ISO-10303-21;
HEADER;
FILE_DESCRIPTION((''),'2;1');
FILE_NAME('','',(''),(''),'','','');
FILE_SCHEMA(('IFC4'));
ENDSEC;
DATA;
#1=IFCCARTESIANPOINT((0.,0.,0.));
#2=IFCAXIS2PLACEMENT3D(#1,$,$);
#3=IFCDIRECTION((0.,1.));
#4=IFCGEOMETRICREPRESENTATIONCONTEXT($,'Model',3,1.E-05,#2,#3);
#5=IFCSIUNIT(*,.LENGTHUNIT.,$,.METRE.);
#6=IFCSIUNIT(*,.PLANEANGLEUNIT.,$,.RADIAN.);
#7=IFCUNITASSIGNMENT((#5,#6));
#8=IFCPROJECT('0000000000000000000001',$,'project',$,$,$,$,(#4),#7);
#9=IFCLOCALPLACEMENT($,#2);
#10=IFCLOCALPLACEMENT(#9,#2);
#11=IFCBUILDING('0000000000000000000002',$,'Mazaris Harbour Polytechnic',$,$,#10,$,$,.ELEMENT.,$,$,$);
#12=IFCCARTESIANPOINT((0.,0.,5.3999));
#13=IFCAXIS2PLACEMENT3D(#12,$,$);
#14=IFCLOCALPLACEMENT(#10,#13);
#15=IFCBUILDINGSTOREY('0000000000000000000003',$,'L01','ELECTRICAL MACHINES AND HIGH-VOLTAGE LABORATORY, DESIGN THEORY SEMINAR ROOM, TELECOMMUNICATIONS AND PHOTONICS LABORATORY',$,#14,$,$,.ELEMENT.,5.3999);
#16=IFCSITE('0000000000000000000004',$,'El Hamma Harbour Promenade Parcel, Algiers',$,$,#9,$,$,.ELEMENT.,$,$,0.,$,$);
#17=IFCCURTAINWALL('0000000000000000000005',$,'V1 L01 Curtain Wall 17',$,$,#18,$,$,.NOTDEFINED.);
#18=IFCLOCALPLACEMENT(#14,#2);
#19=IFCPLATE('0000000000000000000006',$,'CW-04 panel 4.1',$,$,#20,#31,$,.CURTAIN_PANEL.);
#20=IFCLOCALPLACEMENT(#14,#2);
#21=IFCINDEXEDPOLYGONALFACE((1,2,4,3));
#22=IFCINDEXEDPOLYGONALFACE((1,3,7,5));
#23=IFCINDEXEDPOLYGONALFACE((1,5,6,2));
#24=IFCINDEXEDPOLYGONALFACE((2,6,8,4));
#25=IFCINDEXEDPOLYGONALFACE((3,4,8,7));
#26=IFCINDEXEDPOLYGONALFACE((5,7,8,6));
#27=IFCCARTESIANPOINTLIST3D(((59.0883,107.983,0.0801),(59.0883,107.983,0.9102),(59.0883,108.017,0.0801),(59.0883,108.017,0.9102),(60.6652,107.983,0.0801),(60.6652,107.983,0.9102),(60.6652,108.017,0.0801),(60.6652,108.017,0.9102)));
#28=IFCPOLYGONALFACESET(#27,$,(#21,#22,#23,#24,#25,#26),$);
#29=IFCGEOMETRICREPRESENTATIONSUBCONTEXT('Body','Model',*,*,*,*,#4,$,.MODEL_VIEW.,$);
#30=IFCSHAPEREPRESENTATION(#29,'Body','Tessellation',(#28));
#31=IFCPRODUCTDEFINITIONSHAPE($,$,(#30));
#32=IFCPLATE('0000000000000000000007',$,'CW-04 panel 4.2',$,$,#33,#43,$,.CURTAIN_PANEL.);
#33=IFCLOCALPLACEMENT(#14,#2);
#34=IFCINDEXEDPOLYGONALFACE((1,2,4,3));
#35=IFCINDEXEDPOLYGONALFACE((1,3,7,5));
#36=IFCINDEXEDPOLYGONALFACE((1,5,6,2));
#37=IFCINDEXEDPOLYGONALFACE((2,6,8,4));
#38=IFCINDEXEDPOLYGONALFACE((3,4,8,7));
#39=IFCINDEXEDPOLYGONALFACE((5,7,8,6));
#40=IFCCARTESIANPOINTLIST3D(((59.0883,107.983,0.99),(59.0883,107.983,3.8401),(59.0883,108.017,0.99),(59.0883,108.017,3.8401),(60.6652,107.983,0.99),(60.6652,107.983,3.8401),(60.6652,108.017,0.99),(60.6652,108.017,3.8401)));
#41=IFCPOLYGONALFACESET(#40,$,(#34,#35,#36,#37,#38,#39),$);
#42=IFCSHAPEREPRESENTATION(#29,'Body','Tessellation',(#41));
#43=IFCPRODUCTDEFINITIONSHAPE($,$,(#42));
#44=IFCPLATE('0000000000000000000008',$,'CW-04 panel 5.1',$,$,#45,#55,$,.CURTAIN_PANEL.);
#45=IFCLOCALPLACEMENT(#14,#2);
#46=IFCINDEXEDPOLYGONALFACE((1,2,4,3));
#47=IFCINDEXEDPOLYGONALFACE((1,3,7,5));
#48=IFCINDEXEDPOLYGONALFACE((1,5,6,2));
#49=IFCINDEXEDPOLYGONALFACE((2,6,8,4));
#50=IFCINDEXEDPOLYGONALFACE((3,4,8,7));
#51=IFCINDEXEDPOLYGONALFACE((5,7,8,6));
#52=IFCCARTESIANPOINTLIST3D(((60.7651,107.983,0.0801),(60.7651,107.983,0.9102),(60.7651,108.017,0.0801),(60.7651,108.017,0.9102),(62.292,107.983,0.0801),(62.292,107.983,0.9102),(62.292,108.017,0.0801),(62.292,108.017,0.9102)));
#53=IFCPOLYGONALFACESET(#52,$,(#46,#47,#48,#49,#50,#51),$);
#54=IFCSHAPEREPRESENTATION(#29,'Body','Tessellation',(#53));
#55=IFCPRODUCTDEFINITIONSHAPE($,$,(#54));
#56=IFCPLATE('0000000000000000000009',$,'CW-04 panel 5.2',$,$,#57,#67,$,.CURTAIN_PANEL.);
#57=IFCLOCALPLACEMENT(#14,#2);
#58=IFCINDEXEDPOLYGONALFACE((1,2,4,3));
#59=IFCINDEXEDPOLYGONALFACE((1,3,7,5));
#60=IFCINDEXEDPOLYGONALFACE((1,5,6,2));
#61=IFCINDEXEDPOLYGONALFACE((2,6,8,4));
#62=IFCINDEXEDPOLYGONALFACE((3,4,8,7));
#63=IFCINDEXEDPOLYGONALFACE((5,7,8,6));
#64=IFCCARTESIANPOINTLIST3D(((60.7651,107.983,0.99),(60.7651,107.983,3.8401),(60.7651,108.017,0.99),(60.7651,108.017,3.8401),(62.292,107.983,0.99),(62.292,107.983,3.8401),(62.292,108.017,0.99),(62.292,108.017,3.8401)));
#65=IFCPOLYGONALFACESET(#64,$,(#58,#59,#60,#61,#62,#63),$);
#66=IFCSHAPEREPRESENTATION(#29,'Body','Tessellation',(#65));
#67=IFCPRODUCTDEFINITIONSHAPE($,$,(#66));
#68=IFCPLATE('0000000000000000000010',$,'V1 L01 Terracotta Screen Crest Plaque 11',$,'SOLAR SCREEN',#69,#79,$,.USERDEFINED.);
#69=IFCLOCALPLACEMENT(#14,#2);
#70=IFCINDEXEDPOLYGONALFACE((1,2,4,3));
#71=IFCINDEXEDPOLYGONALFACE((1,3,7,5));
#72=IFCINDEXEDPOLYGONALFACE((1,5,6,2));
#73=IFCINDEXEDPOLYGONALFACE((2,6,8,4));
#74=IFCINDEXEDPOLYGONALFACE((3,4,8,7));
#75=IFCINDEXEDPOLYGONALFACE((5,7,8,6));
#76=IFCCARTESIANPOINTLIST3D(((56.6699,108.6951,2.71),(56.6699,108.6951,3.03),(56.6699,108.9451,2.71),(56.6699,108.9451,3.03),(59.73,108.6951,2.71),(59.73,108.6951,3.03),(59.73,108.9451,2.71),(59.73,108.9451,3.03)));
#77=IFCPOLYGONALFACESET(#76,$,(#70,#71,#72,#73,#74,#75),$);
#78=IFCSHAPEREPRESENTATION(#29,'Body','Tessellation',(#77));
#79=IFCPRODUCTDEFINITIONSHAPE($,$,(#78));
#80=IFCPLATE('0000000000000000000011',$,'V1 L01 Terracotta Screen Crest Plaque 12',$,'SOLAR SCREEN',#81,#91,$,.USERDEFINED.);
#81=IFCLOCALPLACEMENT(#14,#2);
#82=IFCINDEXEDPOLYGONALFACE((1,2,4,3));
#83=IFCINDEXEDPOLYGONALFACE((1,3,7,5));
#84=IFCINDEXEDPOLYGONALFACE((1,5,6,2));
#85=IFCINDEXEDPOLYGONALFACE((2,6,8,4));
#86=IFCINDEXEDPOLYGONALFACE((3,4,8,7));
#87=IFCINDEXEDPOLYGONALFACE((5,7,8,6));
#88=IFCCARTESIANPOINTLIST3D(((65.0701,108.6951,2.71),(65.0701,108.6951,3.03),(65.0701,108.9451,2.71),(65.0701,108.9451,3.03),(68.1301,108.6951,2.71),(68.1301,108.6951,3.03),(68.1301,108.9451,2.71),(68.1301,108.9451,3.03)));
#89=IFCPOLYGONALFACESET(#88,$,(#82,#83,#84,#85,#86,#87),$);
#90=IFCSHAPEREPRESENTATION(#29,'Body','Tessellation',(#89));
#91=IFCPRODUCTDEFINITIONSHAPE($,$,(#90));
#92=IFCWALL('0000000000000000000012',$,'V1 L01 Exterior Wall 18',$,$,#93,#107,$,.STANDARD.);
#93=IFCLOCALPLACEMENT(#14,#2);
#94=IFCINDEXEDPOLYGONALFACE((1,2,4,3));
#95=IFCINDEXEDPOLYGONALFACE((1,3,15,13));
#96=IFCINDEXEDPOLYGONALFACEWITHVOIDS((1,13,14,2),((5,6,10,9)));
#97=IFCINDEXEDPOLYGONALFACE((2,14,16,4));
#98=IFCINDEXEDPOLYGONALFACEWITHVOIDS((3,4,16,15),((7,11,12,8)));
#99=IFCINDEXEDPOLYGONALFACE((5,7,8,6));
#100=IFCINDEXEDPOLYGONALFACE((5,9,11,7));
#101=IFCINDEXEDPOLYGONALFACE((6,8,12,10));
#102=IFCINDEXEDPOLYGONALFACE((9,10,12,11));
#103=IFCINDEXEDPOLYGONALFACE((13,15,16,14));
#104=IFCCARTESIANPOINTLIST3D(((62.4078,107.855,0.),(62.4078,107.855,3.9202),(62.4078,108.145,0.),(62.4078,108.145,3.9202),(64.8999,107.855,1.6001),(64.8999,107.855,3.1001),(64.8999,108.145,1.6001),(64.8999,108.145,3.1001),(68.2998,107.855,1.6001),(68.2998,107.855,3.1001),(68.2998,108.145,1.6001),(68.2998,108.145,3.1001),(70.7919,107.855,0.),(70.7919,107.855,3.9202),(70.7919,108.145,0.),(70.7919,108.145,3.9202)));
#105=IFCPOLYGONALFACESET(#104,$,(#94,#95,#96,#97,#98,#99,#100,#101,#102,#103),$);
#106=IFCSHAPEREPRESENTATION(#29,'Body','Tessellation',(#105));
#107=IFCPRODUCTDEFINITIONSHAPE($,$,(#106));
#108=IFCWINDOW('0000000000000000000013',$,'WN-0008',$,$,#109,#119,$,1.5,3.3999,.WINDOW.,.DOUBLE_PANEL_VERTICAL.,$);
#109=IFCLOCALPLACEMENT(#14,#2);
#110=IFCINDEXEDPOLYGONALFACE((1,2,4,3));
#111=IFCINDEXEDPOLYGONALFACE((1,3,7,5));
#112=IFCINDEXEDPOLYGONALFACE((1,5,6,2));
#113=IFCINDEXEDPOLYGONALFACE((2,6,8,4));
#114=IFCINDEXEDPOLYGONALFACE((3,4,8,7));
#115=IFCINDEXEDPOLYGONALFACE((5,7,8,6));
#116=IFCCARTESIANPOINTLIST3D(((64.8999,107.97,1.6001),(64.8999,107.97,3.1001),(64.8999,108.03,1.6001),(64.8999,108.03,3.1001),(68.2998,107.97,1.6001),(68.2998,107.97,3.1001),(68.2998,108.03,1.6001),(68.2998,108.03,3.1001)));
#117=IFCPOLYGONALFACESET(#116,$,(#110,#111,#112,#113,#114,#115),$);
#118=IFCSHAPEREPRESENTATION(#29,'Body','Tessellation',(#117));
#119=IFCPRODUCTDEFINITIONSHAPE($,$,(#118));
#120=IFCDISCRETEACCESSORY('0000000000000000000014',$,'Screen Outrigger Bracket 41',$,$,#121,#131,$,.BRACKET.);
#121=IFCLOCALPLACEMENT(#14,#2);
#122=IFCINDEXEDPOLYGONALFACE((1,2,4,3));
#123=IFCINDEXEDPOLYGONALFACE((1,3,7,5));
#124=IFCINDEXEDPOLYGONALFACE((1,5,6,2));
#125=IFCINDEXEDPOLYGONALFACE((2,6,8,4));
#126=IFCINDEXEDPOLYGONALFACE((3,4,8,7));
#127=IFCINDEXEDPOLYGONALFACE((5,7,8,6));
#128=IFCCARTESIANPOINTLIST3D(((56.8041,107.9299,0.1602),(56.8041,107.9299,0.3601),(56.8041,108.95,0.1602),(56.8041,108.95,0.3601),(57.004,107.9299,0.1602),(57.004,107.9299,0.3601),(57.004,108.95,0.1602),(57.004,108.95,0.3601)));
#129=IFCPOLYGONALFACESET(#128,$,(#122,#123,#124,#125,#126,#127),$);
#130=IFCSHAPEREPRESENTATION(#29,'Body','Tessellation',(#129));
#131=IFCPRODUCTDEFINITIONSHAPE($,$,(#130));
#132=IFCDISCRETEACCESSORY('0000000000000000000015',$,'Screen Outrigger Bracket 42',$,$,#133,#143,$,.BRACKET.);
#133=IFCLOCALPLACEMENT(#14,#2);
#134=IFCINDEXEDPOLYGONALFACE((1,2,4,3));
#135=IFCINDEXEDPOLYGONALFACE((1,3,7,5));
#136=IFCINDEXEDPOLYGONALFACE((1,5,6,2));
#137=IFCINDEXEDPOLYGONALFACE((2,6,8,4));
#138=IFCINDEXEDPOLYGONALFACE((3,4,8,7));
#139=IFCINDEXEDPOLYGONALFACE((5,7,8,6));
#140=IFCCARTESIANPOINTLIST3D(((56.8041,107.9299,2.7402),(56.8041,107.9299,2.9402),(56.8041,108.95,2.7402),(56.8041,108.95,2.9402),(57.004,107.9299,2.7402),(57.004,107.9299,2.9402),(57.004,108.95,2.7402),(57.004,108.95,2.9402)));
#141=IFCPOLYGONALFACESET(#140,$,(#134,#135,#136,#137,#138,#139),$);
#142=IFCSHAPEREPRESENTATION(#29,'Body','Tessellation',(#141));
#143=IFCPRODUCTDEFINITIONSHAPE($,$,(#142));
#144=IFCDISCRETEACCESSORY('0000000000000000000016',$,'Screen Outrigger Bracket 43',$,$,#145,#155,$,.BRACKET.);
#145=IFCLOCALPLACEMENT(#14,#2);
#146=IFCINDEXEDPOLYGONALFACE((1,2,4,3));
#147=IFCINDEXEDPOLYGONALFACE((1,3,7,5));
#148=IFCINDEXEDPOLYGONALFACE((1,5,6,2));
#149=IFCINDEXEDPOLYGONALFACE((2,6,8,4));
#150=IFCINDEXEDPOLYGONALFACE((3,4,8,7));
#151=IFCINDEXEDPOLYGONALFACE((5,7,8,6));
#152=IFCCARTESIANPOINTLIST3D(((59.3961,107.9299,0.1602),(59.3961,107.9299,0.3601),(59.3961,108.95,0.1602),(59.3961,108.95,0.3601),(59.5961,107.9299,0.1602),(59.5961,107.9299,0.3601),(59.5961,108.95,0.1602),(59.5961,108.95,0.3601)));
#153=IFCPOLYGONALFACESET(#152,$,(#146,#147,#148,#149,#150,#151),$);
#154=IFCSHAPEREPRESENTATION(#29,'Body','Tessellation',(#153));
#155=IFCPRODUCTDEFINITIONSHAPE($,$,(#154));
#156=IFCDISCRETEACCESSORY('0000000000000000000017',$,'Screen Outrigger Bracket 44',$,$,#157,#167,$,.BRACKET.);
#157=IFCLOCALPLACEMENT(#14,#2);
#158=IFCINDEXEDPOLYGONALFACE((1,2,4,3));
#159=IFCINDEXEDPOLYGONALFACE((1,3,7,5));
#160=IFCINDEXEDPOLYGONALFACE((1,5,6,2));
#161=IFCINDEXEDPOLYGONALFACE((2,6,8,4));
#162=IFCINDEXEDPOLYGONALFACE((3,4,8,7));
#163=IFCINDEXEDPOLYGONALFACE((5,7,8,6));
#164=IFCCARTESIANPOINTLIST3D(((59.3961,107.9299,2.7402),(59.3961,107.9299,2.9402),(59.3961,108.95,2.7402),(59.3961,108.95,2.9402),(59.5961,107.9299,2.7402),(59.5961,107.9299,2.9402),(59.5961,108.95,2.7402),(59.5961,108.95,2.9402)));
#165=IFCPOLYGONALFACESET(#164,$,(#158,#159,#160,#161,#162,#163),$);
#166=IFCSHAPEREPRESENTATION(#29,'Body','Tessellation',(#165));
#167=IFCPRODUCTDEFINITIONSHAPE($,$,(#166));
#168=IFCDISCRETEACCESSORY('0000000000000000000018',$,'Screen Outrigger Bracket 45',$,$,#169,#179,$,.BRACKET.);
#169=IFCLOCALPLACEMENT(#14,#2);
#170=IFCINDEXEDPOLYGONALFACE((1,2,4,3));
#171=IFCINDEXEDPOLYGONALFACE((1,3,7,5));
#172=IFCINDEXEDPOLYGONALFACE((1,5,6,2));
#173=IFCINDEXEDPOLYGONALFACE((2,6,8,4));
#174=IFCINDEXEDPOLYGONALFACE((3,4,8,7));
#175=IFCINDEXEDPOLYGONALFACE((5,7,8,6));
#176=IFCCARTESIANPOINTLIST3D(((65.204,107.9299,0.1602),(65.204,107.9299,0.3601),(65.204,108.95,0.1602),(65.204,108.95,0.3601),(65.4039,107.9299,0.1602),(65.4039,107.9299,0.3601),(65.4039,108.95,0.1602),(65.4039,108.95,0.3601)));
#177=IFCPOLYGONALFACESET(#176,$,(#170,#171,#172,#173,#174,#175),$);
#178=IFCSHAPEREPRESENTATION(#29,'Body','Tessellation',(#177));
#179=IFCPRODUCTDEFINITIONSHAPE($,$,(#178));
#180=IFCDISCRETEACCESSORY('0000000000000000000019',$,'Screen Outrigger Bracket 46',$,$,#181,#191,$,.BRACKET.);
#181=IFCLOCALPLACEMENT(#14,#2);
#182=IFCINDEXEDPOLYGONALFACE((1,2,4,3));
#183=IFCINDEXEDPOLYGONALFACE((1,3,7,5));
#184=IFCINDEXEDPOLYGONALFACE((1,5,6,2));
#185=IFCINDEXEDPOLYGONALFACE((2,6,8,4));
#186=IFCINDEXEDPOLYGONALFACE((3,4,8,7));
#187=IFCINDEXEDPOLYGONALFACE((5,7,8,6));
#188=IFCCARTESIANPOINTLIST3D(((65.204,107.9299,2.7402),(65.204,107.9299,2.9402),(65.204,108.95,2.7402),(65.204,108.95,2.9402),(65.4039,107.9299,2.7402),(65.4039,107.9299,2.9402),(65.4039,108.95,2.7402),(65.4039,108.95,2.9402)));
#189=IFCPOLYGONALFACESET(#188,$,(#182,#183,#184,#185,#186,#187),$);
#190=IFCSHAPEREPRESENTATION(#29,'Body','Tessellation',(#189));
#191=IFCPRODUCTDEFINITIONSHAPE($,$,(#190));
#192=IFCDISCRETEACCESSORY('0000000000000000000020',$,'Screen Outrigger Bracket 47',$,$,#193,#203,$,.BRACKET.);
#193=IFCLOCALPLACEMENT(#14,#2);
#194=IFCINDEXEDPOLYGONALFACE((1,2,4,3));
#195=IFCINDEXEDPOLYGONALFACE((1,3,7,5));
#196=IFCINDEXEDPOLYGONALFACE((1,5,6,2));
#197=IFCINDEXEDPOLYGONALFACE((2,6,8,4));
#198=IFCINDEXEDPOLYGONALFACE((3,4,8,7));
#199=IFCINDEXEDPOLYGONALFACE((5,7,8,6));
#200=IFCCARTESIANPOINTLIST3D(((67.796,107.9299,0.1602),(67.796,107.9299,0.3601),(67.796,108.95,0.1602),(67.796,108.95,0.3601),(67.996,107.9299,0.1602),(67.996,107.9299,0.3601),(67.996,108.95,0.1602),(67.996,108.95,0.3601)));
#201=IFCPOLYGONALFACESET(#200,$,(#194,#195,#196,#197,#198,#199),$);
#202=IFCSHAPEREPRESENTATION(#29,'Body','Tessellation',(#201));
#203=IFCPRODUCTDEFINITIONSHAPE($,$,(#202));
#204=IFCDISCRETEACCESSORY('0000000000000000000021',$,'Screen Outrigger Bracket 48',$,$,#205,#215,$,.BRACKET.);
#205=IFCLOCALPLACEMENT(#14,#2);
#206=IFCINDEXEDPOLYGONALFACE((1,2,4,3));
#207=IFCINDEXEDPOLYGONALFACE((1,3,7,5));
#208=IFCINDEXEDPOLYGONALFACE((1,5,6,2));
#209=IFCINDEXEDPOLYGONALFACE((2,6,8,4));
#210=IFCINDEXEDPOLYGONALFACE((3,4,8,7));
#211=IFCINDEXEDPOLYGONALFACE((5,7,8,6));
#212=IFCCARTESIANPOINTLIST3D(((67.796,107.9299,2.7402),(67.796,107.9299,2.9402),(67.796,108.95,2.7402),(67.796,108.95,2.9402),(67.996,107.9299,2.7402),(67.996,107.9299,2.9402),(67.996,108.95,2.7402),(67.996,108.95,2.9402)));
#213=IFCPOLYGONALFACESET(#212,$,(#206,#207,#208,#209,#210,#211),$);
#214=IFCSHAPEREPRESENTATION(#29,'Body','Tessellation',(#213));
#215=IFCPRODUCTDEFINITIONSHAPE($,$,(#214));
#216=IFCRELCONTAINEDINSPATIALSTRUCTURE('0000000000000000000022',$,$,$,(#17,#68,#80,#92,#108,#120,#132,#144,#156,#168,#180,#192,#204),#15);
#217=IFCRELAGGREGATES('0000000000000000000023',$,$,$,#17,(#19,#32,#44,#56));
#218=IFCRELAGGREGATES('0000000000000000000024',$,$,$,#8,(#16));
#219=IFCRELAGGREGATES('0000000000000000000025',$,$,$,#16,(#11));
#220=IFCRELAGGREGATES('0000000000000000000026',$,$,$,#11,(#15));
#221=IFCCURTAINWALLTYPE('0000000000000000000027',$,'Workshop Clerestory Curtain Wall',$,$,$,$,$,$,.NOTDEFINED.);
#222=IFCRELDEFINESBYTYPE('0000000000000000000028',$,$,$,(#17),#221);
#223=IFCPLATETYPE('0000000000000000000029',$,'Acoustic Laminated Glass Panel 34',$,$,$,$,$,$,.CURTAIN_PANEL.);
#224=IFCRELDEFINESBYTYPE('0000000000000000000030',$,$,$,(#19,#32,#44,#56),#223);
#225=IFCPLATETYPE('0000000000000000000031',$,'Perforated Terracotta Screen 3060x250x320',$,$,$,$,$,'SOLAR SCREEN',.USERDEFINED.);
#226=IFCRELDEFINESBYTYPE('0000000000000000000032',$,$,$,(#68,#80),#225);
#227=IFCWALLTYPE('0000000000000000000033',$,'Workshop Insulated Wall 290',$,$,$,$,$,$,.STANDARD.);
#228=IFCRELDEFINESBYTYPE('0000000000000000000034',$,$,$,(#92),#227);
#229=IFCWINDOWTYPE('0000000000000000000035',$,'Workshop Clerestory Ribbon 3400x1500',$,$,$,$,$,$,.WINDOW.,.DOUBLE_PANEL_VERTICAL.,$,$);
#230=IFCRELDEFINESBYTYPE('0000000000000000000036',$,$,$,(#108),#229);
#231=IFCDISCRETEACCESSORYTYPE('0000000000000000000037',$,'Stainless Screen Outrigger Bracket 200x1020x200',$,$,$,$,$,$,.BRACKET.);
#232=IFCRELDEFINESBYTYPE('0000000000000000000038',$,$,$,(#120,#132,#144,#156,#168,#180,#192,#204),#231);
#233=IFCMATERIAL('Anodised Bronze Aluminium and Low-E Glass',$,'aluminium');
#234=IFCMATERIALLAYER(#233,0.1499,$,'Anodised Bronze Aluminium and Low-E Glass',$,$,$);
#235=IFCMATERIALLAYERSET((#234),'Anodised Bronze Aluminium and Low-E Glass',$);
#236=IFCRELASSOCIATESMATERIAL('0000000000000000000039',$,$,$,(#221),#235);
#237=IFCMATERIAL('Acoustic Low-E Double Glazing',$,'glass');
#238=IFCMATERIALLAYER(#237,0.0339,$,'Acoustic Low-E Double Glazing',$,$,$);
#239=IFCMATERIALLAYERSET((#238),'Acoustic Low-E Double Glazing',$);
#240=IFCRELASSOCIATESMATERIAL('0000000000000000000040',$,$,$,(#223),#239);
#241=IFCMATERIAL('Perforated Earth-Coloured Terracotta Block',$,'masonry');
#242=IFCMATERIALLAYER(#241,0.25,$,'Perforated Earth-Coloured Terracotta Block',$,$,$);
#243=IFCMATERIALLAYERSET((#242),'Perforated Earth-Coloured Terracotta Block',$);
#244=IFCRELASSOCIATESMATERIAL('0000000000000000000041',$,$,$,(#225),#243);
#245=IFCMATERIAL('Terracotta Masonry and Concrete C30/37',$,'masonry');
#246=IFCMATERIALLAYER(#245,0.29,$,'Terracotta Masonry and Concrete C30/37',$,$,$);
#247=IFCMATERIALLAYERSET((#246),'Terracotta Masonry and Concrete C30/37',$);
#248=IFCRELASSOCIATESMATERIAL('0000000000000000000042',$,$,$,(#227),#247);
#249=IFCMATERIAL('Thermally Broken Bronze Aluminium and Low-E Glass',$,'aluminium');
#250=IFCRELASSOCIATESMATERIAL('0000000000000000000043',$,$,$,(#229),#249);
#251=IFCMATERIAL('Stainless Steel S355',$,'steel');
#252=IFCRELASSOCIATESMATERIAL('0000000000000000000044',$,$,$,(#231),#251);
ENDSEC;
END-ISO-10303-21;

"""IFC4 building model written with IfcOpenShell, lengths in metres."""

from ifc_helpers import new_model, si_unit, direction, frame, frame_2d, origin, origin_2d, place, context, subcontext, project, spatial, rectangle, extrude, material, layer, layer_set, type_object, element, fill, aggregate, save


model = new_model("IFC4")

# Units and contexts
model_context = context("Model", 3, precision=1e-05, world=origin(), true_north=direction((0.0, 1.0)))
body_context = subcontext(model_context, "Body", "Model", "MODEL_VIEW")
ifc_project = project(units=[si_unit("LENGTHUNIT", "METRE"), si_unit("PLANEANGLEUNIT", "RADIAN")], contexts=[model_context])

# Site, building, storey
site_placement = place(None, origin())
site = spatial("IfcSite", under=ifc_project, at=site_placement, Name="El Hamma Harbour Promenade Parcel, Algiers", CompositionType="ELEMENT", RefElevation=0.0)
building_placement = place(site_placement, origin())
building = spatial("IfcBuilding", under=site, at=building_placement, Name="Mazaris Harbour Polytechnic", CompositionType="ELEMENT")
storey_placement = place(building_placement, frame((0.0, 0.0, 5.3999)))
storey = spatial("IfcBuildingStorey", under=building, at=storey_placement, Name="L01", Description="ELECTRICAL MACHINES AND HIGH-VOLTAGE LABORATORY, DESIGN THEORY SEMINAR ROOM, TELECOMMUNICATIONS AND PHOTONICS LABORATORY", CompositionType="ELEMENT", Elevation=5.3999)

# Curtain wall
ifc_material_1 = material(Name="Anodised Bronze Aluminium and Low-E Glass", Category="aluminium")
ifc_layer_1 = layer(ifc_material_1, 0.1499, Name="Anodised Bronze Aluminium and Low-E Glass")
ifc_layer_set_1 = layer_set([ifc_layer_1], Name="Anodised Bronze Aluminium and Low-E Glass")
curtain_wall_type = type_object("IfcCurtainWallType", Name="Workshop Clerestory Curtain Wall", PredefinedType="NOTDEFINED", material=ifc_layer_set_1)
curtain_wall_placement = place(storey_placement, origin())
curtain_wall = element("IfcCurtainWall", 1, at=curtain_wall_placement, inside=storey, type_object=curtain_wall_type, Name="V1 L01 Curtain Wall 17", PredefinedType="NOTDEFINED")

# Plates
ifc_material_2 = material(Name="Acoustic Low-E Double Glazing", Category="glass")
ifc_layer_2 = layer(ifc_material_2, 0.0339, Name="Acoustic Low-E Double Glazing")
ifc_layer_set_2 = layer_set([ifc_layer_2], Name="Acoustic Low-E Double Glazing")
plate_type_1 = type_object("IfcPlateType", Name="Acoustic Laminated Glass Panel 34", PredefinedType="CURTAIN_PANEL", material=ifc_layer_set_2)
plate_1_placement = place(storey_placement, frame((59.8767, 108.0, 0.0801), z_axis=(0.0, 0.0, 1.0), x_axis=(1.0, 0.0, 0.0)))
plate_1 = element("IfcPlate", 2, at=plate_1_placement, type_object=plate_type_1, Name="CW-04 panel 4.1", PredefinedType="CURTAIN_PANEL", context=body_context, shape_type="SweptSolid", body=[
    extrude(rectangle(XDim=1.5769, YDim=0.0339, at=origin_2d()), origin(), (0.0, 0.0, 1.0), 0.8301),
])
plate_2_placement = place(storey_placement, frame((59.8767, 108.0, 0.99), z_axis=(0.0, 0.0, 1.0), x_axis=(1.0, 0.0, 0.0)))
plate_2 = element("IfcPlate", 3, at=plate_2_placement, type_object=plate_type_1, Name="CW-04 panel 4.2", PredefinedType="CURTAIN_PANEL", context=body_context, shape_type="SweptSolid", body=[
    extrude(rectangle(XDim=1.5769, YDim=0.0339, at=origin_2d()), origin(), (0.0, 0.0, 1.0), 2.8501),
])
plate_3_placement = place(storey_placement, frame((61.5286, 108.0, 0.0801), z_axis=(0.0, 0.0, 1.0), x_axis=(1.0, 0.0, 0.0)))
plate_3 = element("IfcPlate", 4, at=plate_3_placement, type_object=plate_type_1, Name="CW-04 panel 5.1", PredefinedType="CURTAIN_PANEL", context=body_context, shape_type="SweptSolid", body=[
    extrude(rectangle(XDim=1.5269, YDim=0.0339, at=origin_2d()), origin(), (0.0, 0.0, 1.0), 0.8301),
])
plate_4_placement = place(storey_placement, frame((61.5286, 108.0, 0.99), z_axis=(0.0, 0.0, 1.0), x_axis=(1.0, 0.0, 0.0)))
plate_4 = element("IfcPlate", 5, at=plate_4_placement, type_object=plate_type_1, Name="CW-04 panel 5.2", PredefinedType="CURTAIN_PANEL", context=body_context, shape_type="SweptSolid", body=[
    extrude(rectangle(XDim=1.5269, YDim=0.0339, at=origin_2d()), origin(), (0.0, 0.0, 1.0), 2.8501),
])
aggregate(curtain_wall, [plate_1, plate_2, plate_3, plate_4])

# Plates
ifc_material_3 = material(Name="Perforated Earth-Coloured Terracotta Block", Category="masonry")
ifc_layer_3 = layer(ifc_material_3, 0.25, Name="Perforated Earth-Coloured Terracotta Block")
ifc_layer_set_3 = layer_set([ifc_layer_3], Name="Perforated Earth-Coloured Terracotta Block")
plate_type_2 = type_object("IfcPlateType", Name="Perforated Terracotta Screen 3060x250x320", ElementType="SOLAR SCREEN", PredefinedType="USERDEFINED", material=ifc_layer_set_3)
for number, where, z_axis, x_axis, name in (
    (6, (58.2, 108.8201, 2.71), (0.0, 0.0, 1.0), (1.0, 0.0, 0.0), "V1 L01 Terracotta Screen Crest Plaque 11"),
    (7, (66.6001, 108.8201, 2.71), (0.0, 0.0, 1.0), (1.0, 0.0, 0.0), "V1 L01 Terracotta Screen Crest Plaque 12"),
):
    element("IfcPlate", number, at=place(storey_placement, frame(where, z_axis=z_axis, x_axis=x_axis)), inside=storey, type_object=plate_type_2, Name=name, ObjectType="SOLAR SCREEN", PredefinedType="USERDEFINED", context=body_context, shape_type="SweptSolid", body=[
        extrude(rectangle(XDim=3.0601, YDim=0.25, at=origin_2d()), origin(), (0.0, 0.0, 1.0), 0.3201),
    ])

# Wall, opening, window
ifc_material_4 = material(Name="Terracotta Masonry and Concrete C30/37", Category="masonry")
ifc_layer_4 = layer(ifc_material_4, 0.29, Name="Terracotta Masonry and Concrete C30/37")
ifc_layer_set_4 = layer_set([ifc_layer_4], Name="Terracotta Masonry and Concrete C30/37")
wall_type = type_object("IfcWallType", Name="Workshop Insulated Wall 290", PredefinedType="STANDARD", material=ifc_layer_set_4)
wall_placement = place(storey_placement, frame((62.408, 108.0, 0.0), z_axis=(0.0, 0.0, 1.0), x_axis=(1.0, 0.0, 0.0)))
wall = element("IfcWall", 8, at=wall_placement, inside=storey, type_object=wall_type, Name="V1 L01 Exterior Wall 18", PredefinedType="STANDARD", context=body_context, shape_type="SweptSolid", body=[
    extrude(rectangle(XDim=8.384, YDim=0.29, at=frame_2d((4.1919, 0.0))), origin(), (0.0, 0.0, 1.0), 3.9202),
])
opening_placement = place(wall_placement, frame((2.4919, 0.0, 1.6001)))
opening = element("IfcOpeningElement", 9, at=opening_placement, cuts=wall, PredefinedType="OPENING", context=body_context, shape_type="SweptSolid", body=[
    extrude(rectangle(XDim=3.3999, YDim=1.5, at=frame_2d((1.7, 0.75))), frame((0.0, 0.155, 0.0), z_axis=(0.0, -1.0, 0.0), x_axis=(1.0, 0.0, 0.0)), (0.0, 0.0, 1.0), 0.3101),
])
ifc_material_5 = material(Name="Thermally Broken Bronze Aluminium and Low-E Glass", Category="aluminium")
window_type = type_object("IfcWindowType", Name="Workshop Clerestory Ribbon 3400x1500", PartitioningType="DOUBLE_PANEL_VERTICAL", PredefinedType="WINDOW", material=ifc_material_5)
window_placement = place(opening_placement, origin())
window = element("IfcWindow", 10, at=window_placement, inside=storey, type_object=window_type, Name="WN-0008", OverallHeight=1.5, OverallWidth=3.3999, PartitioningType="DOUBLE_PANEL_VERTICAL", PredefinedType="WINDOW", context=body_context, shape_type="SweptSolid", body=[
    extrude(rectangle(XDim=3.3999, YDim=1.5, at=frame_2d((1.7, 0.75))), frame((0.0, 0.03, 0.0), z_axis=(0.0, -1.0, 0.0), x_axis=(1.0, 0.0, 0.0)), (0.0, 0.0, 1.0), 0.0601),
])
fill(opening, window)

# Discrete accessories
ifc_material_6 = material(Name="Stainless Steel S355", Category="steel")
discrete_accessory_type = type_object("IfcDiscreteAccessoryType", Name="Stainless Screen Outrigger Bracket 200x1020x200", PredefinedType="BRACKET", material=ifc_material_6)
for number, where, z_axis, x_axis, name in (
    (11, (56.9041, 108.4399, 0.1602), (0.0, 0.0, 1.0), (1.0, 0.0, 0.0), "Screen Outrigger Bracket 41"),
    (12, (56.9041, 108.4399, 2.7402), (0.0, 0.0, 1.0), (1.0, 0.0, 0.0), "Screen Outrigger Bracket 42"),
    (13, (59.4961, 108.4399, 0.1602), (0.0, 0.0, 1.0), (1.0, 0.0, 0.0), "Screen Outrigger Bracket 43"),
    (14, (59.4961, 108.4399, 2.7402), (0.0, 0.0, 1.0), (1.0, 0.0, 0.0), "Screen Outrigger Bracket 44"),
    (15, (65.304, 108.4399, 0.1602), (0.0, 0.0, 1.0), (1.0, 0.0, 0.0), "Screen Outrigger Bracket 45"),
    (16, (65.304, 108.4399, 2.7402), (0.0, 0.0, 1.0), (1.0, 0.0, 0.0), "Screen Outrigger Bracket 46"),
    (17, (67.896, 108.4399, 0.1602), (0.0, 0.0, 1.0), (1.0, 0.0, 0.0), "Screen Outrigger Bracket 47"),
    (18, (67.896, 108.4399, 2.7402), (0.0, 0.0, 1.0), (1.0, 0.0, 0.0), "Screen Outrigger Bracket 48"),
):
    element("IfcDiscreteAccessory", number, at=place(storey_placement, frame(where, z_axis=z_axis, x_axis=x_axis)), inside=storey, type_object=discrete_accessory_type, Name=name, PredefinedType="BRACKET", context=body_context, shape_type="SweptSolid", body=[
        extrude(rectangle(XDim=0.2, YDim=1.02, at=origin_2d()), origin(), (0.0, 0.0, 1.0), 0.2),
    ])

save(model, "model.ifc")
